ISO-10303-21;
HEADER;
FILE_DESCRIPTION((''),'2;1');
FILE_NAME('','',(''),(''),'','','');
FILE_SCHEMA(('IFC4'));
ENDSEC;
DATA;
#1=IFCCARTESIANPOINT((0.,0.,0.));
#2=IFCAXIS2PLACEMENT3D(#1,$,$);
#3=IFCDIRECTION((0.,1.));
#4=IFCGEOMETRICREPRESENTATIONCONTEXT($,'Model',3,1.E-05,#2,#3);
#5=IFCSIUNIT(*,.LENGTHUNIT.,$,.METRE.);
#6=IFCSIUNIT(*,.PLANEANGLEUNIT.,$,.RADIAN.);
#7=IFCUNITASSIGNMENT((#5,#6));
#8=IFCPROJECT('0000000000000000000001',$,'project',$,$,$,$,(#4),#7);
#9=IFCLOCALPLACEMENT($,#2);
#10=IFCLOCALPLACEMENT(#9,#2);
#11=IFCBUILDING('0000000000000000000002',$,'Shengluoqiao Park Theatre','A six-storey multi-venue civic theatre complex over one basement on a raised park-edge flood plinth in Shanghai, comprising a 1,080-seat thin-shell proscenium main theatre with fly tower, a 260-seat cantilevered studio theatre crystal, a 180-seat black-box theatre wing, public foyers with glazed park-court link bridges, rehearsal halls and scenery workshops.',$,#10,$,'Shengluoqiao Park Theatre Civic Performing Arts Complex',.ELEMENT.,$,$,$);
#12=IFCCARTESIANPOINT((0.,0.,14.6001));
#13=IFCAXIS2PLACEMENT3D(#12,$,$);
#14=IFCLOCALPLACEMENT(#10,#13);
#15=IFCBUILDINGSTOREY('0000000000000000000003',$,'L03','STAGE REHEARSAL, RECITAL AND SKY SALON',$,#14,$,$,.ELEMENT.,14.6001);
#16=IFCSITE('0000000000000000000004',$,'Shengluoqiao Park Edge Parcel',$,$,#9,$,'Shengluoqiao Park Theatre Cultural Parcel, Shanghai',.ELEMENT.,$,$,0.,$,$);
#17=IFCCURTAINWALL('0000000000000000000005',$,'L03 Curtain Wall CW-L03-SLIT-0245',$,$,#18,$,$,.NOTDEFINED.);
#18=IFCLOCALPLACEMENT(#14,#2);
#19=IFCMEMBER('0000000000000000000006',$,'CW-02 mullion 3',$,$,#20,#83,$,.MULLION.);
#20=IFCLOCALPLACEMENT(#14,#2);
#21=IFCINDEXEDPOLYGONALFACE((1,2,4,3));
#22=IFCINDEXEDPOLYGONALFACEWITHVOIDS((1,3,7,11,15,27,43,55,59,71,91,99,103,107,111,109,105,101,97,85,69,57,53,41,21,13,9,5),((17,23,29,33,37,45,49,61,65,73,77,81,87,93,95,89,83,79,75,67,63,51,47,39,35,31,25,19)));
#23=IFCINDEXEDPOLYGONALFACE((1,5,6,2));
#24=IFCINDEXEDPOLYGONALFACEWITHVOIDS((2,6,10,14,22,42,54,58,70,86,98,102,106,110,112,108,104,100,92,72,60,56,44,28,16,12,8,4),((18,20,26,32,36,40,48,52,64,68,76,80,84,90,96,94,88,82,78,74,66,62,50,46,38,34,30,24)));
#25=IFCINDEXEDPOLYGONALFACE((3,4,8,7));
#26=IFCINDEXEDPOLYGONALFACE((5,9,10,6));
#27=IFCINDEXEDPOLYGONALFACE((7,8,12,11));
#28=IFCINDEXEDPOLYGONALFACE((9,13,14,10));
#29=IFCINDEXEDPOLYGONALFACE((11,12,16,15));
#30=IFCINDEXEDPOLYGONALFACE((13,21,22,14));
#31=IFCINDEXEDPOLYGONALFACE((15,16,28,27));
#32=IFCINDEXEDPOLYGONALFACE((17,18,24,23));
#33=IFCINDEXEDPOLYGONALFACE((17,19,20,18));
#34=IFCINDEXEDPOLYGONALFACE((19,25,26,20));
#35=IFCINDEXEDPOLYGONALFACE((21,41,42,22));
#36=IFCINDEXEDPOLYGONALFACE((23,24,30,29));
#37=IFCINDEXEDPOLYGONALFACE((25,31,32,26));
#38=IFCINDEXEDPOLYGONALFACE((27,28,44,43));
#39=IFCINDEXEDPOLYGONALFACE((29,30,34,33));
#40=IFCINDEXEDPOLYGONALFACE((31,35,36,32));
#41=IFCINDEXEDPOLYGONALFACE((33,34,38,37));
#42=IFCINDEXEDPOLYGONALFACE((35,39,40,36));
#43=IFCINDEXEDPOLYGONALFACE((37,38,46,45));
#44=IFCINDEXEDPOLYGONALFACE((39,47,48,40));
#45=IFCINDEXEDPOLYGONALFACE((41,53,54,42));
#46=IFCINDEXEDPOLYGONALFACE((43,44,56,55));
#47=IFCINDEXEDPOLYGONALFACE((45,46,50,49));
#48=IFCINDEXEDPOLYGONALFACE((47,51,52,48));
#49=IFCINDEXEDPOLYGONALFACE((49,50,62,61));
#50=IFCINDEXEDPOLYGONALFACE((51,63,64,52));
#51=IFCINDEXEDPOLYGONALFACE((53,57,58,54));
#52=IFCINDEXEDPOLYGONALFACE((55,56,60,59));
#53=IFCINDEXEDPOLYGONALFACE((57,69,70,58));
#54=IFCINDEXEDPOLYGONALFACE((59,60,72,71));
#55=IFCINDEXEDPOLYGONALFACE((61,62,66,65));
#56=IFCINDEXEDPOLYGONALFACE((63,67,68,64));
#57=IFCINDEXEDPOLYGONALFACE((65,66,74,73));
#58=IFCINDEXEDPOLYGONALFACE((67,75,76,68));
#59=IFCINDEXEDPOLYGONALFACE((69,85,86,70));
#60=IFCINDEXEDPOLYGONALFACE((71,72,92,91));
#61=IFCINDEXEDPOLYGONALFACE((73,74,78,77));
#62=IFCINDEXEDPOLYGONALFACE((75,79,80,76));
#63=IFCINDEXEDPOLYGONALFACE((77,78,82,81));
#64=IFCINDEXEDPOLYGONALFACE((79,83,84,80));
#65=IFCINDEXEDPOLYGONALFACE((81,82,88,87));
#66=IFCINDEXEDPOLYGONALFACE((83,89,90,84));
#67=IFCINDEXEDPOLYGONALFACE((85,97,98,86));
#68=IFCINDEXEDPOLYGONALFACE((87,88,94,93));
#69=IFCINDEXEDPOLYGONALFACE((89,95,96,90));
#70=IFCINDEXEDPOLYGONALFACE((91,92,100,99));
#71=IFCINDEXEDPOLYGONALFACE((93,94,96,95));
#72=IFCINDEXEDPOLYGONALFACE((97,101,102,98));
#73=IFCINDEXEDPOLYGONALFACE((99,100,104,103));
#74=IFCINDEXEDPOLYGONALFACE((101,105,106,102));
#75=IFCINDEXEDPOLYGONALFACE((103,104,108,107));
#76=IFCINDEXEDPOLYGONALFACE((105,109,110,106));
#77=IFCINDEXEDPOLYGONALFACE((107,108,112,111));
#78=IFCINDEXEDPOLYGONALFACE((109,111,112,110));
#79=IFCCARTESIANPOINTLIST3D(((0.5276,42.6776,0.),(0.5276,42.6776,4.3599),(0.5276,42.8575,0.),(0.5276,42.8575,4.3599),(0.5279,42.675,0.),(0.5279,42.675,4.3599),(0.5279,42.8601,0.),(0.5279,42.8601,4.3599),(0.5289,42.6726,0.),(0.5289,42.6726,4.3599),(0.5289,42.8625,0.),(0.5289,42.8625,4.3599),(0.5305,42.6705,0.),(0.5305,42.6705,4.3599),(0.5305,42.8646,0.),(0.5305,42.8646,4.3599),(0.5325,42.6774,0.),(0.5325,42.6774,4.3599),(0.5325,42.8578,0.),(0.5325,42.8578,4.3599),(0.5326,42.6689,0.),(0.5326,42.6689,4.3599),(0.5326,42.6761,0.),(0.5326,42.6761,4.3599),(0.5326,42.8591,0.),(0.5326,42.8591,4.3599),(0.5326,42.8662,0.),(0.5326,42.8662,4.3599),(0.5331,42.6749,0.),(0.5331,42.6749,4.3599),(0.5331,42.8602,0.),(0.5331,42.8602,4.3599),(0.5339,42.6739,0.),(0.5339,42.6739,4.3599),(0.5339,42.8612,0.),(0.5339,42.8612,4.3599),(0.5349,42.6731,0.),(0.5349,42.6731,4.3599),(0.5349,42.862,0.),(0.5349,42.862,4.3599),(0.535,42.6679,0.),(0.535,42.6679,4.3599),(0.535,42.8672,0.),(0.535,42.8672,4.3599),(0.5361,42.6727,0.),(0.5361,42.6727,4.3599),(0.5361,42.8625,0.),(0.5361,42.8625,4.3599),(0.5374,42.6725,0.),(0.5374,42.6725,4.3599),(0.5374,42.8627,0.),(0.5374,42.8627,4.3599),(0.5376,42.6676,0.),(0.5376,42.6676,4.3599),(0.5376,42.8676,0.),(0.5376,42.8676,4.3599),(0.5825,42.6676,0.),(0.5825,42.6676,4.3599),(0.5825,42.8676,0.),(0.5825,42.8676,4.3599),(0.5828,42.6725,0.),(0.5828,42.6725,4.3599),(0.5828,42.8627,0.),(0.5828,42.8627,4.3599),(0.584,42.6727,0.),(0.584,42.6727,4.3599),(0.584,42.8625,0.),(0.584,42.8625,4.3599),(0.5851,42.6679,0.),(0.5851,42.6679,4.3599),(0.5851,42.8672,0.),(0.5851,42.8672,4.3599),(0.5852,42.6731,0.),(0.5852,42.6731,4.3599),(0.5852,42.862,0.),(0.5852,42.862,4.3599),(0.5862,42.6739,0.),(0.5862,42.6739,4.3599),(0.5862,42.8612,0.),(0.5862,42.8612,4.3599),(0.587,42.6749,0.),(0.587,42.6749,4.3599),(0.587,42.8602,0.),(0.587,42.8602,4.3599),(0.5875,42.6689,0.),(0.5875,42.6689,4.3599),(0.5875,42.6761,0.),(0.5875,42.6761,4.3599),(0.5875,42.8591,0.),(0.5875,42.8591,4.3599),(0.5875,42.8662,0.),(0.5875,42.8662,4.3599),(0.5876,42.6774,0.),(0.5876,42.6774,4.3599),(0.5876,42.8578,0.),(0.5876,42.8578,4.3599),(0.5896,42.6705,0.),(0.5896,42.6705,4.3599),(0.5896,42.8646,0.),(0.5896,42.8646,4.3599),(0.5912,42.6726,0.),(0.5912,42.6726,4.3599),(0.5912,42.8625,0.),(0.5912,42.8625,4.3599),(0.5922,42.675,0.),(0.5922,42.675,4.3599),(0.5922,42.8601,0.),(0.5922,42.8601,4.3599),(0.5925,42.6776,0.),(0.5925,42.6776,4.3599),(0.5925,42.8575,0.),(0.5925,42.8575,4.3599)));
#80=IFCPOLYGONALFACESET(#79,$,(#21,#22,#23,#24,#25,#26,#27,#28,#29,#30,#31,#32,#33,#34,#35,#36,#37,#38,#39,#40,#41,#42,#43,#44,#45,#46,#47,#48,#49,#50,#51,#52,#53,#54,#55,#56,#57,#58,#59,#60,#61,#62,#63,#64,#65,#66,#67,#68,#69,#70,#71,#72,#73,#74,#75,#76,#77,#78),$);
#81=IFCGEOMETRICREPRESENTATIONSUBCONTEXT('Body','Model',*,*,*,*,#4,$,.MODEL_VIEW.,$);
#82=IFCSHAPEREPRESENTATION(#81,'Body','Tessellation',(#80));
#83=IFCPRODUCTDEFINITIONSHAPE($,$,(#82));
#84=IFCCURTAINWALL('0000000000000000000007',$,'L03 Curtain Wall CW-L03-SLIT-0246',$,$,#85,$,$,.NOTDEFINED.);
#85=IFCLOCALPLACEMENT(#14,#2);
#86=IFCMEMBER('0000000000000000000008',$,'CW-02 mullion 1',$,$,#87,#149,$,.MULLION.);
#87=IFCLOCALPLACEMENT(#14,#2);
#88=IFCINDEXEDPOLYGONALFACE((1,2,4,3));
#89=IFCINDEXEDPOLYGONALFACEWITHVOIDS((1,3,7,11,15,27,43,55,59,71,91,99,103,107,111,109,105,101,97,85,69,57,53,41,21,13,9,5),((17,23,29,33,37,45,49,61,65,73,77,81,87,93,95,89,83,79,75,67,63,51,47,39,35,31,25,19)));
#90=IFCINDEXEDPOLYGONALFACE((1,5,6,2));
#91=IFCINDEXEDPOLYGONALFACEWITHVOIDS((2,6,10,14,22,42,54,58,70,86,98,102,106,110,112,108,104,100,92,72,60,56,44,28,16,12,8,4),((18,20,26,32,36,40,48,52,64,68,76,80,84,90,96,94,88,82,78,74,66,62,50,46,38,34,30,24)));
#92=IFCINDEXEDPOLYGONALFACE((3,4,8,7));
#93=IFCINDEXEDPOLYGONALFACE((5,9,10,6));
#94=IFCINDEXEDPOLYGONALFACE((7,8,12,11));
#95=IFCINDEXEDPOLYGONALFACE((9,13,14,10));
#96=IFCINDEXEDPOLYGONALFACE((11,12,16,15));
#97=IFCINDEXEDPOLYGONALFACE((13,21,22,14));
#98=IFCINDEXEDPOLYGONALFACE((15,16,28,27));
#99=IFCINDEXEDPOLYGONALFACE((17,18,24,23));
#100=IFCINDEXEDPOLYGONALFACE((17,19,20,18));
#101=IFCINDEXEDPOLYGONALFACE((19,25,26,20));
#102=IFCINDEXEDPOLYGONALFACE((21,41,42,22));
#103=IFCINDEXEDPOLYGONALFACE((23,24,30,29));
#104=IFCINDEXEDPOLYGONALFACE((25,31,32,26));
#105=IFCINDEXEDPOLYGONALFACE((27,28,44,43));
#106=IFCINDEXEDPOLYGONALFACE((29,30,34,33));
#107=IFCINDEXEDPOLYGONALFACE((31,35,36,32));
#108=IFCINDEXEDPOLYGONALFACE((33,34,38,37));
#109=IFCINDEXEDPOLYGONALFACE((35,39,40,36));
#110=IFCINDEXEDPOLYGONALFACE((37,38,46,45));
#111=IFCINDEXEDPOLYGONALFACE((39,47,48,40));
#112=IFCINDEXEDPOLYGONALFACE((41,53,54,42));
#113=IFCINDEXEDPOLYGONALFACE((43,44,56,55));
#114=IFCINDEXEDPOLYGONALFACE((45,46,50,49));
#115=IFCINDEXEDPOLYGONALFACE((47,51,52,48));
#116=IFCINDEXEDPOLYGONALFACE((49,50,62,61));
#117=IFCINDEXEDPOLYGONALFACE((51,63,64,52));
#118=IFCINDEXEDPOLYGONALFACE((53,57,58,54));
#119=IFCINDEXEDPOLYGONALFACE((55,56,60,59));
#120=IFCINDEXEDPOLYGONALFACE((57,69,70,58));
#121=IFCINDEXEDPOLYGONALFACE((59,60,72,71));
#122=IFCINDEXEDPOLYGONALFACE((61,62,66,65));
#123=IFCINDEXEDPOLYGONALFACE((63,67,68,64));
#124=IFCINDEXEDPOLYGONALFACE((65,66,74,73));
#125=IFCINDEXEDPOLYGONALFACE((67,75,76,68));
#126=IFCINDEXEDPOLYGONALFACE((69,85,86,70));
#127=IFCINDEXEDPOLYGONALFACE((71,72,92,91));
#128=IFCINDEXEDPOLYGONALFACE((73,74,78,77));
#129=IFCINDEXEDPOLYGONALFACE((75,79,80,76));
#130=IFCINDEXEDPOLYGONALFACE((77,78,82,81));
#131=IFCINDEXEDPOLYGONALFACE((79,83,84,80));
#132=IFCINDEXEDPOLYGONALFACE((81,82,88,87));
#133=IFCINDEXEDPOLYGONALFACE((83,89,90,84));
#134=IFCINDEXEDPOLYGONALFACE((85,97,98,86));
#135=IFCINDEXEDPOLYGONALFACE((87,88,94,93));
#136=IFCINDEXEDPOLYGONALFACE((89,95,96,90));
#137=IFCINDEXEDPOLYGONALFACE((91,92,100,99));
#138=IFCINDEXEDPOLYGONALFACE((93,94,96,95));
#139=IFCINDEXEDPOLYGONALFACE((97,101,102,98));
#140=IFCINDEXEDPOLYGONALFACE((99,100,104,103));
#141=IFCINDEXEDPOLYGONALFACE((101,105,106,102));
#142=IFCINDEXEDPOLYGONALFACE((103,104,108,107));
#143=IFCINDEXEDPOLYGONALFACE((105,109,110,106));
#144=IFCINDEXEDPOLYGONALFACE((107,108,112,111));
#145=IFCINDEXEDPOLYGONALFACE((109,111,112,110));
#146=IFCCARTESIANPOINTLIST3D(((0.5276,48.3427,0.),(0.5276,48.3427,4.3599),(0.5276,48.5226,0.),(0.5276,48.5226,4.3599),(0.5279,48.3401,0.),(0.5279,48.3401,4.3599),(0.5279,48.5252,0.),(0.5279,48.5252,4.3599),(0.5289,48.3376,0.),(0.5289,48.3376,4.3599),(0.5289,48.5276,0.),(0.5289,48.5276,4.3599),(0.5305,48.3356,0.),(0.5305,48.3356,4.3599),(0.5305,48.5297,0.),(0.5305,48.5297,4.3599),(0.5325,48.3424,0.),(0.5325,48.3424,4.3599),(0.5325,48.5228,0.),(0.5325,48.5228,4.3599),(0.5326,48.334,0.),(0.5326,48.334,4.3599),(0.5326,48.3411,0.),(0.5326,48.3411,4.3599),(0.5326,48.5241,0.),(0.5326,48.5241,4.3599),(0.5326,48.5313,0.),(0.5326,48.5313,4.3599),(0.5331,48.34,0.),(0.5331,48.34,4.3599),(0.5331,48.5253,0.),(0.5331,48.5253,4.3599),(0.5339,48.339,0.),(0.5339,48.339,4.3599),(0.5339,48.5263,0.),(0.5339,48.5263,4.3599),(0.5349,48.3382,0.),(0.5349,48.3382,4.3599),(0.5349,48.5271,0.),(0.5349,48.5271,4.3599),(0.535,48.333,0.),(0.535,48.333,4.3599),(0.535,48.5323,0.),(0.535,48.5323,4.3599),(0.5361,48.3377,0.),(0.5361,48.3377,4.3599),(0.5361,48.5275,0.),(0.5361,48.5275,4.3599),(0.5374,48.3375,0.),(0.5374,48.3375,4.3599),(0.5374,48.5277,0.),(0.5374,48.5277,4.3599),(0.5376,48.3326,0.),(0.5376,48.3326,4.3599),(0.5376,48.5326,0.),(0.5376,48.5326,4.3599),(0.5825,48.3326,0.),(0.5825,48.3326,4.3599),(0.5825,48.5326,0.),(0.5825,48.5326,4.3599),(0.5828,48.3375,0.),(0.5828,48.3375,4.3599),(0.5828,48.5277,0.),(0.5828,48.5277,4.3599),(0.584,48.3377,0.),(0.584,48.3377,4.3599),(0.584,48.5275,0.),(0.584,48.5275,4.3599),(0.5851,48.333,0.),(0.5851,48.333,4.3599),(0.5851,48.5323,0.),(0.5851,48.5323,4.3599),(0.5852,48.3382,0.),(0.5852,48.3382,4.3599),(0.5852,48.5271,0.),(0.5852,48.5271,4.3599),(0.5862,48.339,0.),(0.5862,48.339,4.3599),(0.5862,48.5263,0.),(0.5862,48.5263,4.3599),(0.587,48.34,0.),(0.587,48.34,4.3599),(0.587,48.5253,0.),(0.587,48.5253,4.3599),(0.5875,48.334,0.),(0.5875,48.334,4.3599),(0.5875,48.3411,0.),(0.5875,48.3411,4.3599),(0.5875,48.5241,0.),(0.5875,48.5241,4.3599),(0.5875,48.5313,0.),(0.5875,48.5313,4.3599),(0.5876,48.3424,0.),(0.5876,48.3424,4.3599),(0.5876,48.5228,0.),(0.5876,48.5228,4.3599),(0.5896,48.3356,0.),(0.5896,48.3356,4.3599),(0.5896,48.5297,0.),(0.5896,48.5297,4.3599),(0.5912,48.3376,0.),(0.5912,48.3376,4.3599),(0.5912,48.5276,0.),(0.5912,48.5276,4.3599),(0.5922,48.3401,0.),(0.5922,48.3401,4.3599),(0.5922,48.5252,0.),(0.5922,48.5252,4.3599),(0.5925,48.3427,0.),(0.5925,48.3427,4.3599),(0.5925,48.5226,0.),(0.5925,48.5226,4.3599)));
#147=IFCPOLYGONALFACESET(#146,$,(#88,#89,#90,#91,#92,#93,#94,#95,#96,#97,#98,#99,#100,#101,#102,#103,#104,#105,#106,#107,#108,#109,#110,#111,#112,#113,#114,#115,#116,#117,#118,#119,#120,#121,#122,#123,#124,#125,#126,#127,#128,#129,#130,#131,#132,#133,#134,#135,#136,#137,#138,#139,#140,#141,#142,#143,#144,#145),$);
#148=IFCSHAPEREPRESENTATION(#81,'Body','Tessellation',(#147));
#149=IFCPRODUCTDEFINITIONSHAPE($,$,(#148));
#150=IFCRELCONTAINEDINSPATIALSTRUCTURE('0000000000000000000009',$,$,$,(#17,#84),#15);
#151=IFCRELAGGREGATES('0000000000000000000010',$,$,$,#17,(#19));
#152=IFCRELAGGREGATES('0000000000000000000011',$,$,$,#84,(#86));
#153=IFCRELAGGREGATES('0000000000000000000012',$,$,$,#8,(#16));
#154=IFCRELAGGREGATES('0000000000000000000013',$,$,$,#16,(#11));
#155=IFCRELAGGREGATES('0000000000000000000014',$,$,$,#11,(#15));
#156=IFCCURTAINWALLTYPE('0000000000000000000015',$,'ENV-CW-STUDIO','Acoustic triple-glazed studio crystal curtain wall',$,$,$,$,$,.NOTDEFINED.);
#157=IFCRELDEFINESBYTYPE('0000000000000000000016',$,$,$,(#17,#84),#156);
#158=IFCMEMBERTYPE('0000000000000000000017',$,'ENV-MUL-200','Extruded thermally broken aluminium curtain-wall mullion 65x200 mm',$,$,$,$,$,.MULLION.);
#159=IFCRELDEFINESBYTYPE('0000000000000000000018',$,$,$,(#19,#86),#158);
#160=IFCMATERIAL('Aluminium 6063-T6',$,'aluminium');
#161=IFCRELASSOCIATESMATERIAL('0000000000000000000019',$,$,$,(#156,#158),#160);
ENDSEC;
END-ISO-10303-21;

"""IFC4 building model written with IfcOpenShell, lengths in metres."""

from ifc_helpers import new_model, si_unit, direction, frame, origin, origin_2d, place, context, subcontext, project, spatial, hollow_rectangle, extrude, material, material_profile, profile_set, type_object, element, aggregate, save


model = new_model("IFC4")

# Units and contexts
model_context = context("Model", 3, precision=1e-05, world=origin(), true_north=direction((0.0, 1.0)))
body_context = subcontext(model_context, "Body", "Model", "MODEL_VIEW")
ifc_project = project(units=[si_unit("LENGTHUNIT", "METRE"), si_unit("PLANEANGLEUNIT", "RADIAN")], contexts=[model_context])

# Site, building, storey
site_placement = place(None, origin())
site = spatial("IfcSite", under=ifc_project, at=site_placement, Name="Shengluoqiao Park Edge Parcel", LongName="Shengluoqiao Park Theatre Cultural Parcel, Shanghai", CompositionType="ELEMENT", RefElevation=0.0)
building_placement = place(site_placement, origin())
building = spatial("IfcBuilding", under=site, at=building_placement, Name="Shengluoqiao Park Theatre", Description="A six-storey multi-venue civic theatre complex over one basement on a raised park-edge flood plinth in Shanghai, comprising a 1,080-seat thin-shell proscenium main theatre with fly tower, a 260-seat cantilevered studio theatre crystal, a 180-seat black-box theatre wing, public foyers with glazed park-court link bridges, rehearsal halls and scenery workshops.", LongName="Shengluoqiao Park Theatre Civic Performing Arts Complex", CompositionType="ELEMENT")
storey_placement = place(building_placement, frame((0.0, 0.0, 14.6001)))
storey = spatial("IfcBuildingStorey", under=building, at=storey_placement, Name="L03", Description="STAGE REHEARSAL, RECITAL AND SKY SALON", CompositionType="ELEMENT", Elevation=14.6001)

# Curtain wall, member
ifc_material_1 = material(Name="Aluminium 6063-T6", Category="aluminium")
curtain_wall_type = type_object("IfcCurtainWallType", Name="ENV-CW-STUDIO", Description="Acoustic triple-glazed studio crystal curtain wall", PredefinedType="NOTDEFINED", material=ifc_material_1)
curtain_wall_1_placement = place(storey_placement, origin())
curtain_wall_1 = element("IfcCurtainWall", 1, at=curtain_wall_1_placement, inside=storey, type_object=curtain_wall_type, Name="L03 Curtain Wall CW-L03-SLIT-0245", PredefinedType="NOTDEFINED")
ifc_material_profile_1 = material_profile(ifc_material_1, hollow_rectangle(XDim=0.0649, YDim=0.2, WallThickness=0.0049, InnerFilletRadius=0.0049, OuterFilletRadius=0.01, at=origin_2d()), Name="ALU MULLION 200x65x5")
ifc_profile_set_1 = profile_set([ifc_material_profile_1], Name="Aluminium 6063-T6")
member_type_1 = type_object("IfcMemberType", Name="ENV-MUL-200", Description="Extruded thermally broken aluminium curtain-wall mullion 65x200 mm", PredefinedType="MULLION", material=ifc_profile_set_1)
member_1_placement = place(storey_placement, frame((0.5601, 42.7676, 0.0), z_axis=(0.0, 0.0, 1.0), x_axis=(-1.0, 0.0, 0.0)))
member_1 = element("IfcMember", 2, at=member_1_placement, type_object=member_type_1, Name="CW-02 mullion 3", PredefinedType="MULLION", context=body_context, shape_type="SweptSolid", body=[
    extrude(hollow_rectangle(XDim=0.0649, YDim=0.2, WallThickness=0.0049, InnerFilletRadius=0.0049, OuterFilletRadius=0.01, at=origin_2d()), origin(), (0.0, 0.0, 1.0), 4.3599),
])
aggregate(curtain_wall_1, [member_1])

# Curtain wall, member
curtain_wall_2_placement = place(storey_placement, origin())
curtain_wall_2 = element("IfcCurtainWall", 3, at=curtain_wall_2_placement, inside=storey, type_object=curtain_wall_type, Name="L03 Curtain Wall CW-L03-SLIT-0246", PredefinedType="NOTDEFINED")
member_2_placement = place(storey_placement, frame((0.5601, 48.4326, 0.0), z_axis=(0.0, 0.0, 1.0), x_axis=(-1.0, 0.0, 0.0)))
member_2 = element("IfcMember", 4, at=member_2_placement, type_object=member_type_1, Name="CW-02 mullion 1", PredefinedType="MULLION", context=body_context, shape_type="SweptSolid", body=[
    extrude(hollow_rectangle(XDim=0.0649, YDim=0.2, WallThickness=0.0049, InnerFilletRadius=0.0049, OuterFilletRadius=0.01, at=origin_2d()), origin(), (0.0, 0.0, 1.0), 4.3599),
])

aggregate(curtain_wall_2, [member_2])

save(model, "model.ifc")
